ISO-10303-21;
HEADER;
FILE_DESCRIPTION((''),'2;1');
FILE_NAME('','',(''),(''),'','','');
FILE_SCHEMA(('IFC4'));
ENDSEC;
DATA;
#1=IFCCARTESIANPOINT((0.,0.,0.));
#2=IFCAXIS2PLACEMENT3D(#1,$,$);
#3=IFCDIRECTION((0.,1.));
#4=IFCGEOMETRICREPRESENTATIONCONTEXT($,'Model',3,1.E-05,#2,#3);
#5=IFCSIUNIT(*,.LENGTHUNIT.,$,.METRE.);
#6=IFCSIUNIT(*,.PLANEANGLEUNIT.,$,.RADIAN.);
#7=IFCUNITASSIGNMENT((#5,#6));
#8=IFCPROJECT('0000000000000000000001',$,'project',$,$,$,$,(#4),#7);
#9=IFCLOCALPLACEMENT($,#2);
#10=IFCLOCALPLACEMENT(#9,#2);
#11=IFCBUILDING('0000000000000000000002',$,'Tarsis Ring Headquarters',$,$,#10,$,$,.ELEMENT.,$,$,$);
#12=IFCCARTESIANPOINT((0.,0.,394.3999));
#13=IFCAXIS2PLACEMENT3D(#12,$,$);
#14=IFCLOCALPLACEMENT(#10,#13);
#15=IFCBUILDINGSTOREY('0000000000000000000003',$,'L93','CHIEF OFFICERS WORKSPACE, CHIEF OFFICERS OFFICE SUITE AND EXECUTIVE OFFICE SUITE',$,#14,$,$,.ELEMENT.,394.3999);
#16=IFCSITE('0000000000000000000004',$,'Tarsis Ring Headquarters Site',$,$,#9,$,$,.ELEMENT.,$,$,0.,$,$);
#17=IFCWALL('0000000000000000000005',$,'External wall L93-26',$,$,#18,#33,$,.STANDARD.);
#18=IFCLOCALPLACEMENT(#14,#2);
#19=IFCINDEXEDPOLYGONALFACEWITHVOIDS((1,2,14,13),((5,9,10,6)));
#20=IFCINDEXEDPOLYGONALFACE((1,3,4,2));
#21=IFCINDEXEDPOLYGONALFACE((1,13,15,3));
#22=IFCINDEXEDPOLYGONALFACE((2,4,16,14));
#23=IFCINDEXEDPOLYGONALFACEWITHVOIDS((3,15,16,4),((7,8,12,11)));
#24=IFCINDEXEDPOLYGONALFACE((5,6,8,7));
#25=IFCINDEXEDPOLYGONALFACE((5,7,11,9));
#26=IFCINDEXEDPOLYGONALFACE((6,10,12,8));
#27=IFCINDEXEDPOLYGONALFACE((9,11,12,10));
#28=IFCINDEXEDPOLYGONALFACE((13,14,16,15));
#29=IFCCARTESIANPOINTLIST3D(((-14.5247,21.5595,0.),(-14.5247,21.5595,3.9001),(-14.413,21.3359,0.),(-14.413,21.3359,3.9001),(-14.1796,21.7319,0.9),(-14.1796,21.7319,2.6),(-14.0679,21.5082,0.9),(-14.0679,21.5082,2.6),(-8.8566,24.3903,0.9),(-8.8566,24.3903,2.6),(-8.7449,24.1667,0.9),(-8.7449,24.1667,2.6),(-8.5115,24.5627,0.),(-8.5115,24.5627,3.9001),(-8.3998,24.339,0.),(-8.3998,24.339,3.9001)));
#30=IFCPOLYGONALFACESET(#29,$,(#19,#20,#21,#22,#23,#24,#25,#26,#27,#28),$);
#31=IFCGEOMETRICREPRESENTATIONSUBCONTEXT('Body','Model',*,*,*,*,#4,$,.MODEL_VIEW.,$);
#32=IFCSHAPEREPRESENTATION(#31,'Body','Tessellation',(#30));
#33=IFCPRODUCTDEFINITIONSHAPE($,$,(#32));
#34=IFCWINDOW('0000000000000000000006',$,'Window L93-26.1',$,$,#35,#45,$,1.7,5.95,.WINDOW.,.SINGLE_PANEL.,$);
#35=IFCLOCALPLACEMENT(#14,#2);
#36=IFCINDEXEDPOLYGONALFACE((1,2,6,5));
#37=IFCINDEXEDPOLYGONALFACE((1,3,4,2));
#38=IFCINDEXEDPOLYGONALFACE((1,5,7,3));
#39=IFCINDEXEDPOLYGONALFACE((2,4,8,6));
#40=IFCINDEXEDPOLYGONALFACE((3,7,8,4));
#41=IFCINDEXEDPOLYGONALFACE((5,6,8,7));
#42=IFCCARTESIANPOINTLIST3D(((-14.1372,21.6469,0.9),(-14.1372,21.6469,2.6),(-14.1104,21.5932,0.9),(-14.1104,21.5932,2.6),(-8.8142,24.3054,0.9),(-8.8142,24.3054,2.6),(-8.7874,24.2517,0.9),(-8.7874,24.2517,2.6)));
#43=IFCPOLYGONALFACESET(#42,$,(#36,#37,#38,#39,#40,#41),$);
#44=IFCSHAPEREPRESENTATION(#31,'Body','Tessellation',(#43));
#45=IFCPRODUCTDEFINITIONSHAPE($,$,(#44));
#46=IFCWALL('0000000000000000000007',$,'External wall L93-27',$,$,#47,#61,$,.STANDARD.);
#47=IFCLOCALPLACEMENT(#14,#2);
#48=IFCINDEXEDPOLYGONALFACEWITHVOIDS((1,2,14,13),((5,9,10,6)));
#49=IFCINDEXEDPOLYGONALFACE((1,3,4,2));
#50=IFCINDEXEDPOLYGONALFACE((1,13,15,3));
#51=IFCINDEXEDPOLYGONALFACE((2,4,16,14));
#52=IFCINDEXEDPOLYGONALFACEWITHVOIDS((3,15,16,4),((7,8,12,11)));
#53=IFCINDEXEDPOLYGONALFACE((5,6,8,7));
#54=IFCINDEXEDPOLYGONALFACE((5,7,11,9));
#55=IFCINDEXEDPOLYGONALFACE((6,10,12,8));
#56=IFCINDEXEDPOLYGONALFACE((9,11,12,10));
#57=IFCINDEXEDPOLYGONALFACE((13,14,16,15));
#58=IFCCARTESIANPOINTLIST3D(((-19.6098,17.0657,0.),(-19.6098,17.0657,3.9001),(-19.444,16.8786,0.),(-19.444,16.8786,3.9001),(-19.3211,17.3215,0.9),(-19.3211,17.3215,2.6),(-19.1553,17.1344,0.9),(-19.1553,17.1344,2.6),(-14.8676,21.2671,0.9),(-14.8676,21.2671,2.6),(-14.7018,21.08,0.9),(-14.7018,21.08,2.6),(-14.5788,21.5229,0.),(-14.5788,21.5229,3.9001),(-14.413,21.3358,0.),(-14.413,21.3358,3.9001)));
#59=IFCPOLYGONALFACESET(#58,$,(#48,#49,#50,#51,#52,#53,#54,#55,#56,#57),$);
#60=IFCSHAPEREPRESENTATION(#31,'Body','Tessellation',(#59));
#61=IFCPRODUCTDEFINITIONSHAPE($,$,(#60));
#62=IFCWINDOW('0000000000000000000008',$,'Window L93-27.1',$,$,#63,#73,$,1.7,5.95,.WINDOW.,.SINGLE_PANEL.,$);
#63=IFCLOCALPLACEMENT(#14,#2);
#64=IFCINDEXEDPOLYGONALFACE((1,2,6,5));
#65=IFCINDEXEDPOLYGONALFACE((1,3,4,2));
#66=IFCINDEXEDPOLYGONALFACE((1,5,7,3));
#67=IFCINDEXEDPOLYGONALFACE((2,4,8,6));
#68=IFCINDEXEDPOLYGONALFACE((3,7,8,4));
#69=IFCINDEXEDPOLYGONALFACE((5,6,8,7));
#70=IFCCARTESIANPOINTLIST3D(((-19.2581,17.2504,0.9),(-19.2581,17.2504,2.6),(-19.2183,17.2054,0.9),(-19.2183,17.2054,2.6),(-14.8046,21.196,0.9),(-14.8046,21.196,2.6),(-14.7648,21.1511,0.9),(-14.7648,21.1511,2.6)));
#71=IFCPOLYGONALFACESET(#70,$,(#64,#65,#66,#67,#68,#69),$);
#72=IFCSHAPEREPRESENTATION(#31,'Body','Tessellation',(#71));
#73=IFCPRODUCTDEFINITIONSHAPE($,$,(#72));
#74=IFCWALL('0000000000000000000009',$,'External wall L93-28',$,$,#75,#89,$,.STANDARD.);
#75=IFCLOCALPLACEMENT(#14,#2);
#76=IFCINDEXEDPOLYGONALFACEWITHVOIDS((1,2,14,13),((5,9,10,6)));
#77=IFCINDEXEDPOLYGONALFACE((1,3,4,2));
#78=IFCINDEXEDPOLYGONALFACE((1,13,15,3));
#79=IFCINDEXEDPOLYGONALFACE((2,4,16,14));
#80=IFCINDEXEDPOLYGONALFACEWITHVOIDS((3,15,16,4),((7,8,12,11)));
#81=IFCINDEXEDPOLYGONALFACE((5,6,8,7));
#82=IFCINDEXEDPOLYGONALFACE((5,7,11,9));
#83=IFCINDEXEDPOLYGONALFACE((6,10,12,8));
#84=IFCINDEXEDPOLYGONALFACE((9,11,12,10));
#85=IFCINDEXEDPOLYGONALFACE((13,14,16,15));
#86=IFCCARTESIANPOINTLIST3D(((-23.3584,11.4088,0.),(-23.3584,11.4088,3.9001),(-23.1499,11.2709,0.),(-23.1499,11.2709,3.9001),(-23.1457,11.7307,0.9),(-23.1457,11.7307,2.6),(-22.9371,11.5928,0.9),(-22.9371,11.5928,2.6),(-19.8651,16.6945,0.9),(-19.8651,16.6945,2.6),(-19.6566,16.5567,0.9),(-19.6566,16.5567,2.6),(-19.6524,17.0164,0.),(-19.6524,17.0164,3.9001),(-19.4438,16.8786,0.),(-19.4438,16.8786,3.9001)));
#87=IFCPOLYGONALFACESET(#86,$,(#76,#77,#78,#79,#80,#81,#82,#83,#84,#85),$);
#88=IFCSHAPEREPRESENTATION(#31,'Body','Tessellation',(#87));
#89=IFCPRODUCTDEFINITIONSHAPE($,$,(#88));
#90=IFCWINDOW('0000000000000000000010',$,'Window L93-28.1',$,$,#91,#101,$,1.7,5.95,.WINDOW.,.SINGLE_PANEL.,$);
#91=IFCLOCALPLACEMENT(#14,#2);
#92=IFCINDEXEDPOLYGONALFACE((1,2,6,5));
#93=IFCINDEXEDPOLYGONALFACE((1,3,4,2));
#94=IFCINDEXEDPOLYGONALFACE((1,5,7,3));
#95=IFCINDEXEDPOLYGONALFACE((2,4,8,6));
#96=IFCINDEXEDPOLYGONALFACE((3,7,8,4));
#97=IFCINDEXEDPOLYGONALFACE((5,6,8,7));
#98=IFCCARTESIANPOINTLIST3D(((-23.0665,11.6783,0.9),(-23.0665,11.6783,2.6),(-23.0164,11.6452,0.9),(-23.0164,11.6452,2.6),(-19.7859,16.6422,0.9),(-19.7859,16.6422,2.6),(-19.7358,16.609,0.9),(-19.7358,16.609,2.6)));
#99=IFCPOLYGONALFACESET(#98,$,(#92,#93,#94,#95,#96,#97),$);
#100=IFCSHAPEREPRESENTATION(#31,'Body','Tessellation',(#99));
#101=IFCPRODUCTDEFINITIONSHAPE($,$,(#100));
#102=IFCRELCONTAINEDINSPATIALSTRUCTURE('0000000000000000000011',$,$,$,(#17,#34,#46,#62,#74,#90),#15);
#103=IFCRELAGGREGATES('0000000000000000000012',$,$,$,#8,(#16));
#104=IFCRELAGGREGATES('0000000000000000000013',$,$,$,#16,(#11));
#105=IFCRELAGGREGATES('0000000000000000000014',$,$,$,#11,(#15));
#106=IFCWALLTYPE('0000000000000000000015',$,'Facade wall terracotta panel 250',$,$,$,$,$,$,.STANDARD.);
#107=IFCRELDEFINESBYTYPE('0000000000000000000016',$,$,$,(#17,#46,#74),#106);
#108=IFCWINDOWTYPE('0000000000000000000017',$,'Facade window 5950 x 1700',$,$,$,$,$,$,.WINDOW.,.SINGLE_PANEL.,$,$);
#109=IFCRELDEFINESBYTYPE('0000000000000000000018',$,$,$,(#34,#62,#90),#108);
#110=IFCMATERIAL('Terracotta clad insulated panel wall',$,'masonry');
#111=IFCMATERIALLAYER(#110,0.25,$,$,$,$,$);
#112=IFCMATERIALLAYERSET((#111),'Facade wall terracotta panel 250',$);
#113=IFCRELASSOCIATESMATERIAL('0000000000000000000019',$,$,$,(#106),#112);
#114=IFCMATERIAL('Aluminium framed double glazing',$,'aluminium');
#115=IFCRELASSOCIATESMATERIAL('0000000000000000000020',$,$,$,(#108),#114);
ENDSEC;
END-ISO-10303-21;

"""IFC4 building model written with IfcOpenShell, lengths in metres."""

from ifc_helpers import new_model, si_unit, direction, frame, frame_2d, origin, place, context, subcontext, project, spatial, rectangle, extrude, material, layer, layer_set, type_object, element, fill, save


model = new_model("IFC4")

# Units and contexts
model_context = context("Model", 3, precision=1e-05, world=origin(), true_north=direction((0.0, 1.0)))
body_context = subcontext(model_context, "Body", "Model", "MODEL_VIEW")
ifc_project = project(units=[si_unit("LENGTHUNIT", "METRE"), si_unit("PLANEANGLEUNIT", "RADIAN")], contexts=[model_context])

# Site, building, storey
site_placement = place(None, origin())
site = spatial("IfcSite", under=ifc_project, at=site_placement, Name="Tarsis Ring Headquarters Site", CompositionType="ELEMENT", RefElevation=0.0)
building_placement = place(site_placement, origin())
building = spatial("IfcBuilding", under=site, at=building_placement, Name="Tarsis Ring Headquarters", CompositionType="ELEMENT")
storey_placement = place(building_placement, frame((0.0, 0.0, 394.3999)))
storey = spatial("IfcBuildingStorey", under=building, at=storey_placement, Name="L93", Description="CHIEF OFFICERS WORKSPACE, CHIEF OFFICERS OFFICE SUITE AND EXECUTIVE OFFICE SUITE", CompositionType="ELEMENT", Elevation=394.3999)

# Walls, openings, windows
ifc_material_1 = material(Name="Terracotta clad insulated panel wall", Category="masonry")
ifc_layer_1 = layer(ifc_material_1, 0.25)
ifc_layer_set_1 = layer_set([ifc_layer_1], Name="Facade wall terracotta panel 250")
wall_type_1 = type_object("IfcWallType", Name="Facade wall terracotta panel 250", PredefinedType="STANDARD", material=ifc_layer_set_1)
wall_1_placement = place(storey_placement, frame((-8.4556, 24.4509, 0.0), z_axis=(0.0, 0.0, 1.0), x_axis=(-0.894631, -0.446807, 0.0)))
wall_1 = element("IfcWall", 1, at=wall_1_placement, inside=storey, type_object=wall_type_1, Name="External wall L93-26", PredefinedType="STANDARD", context=body_context, shape_type="SweptSolid", body=[
    extrude(rectangle(XDim=6.7214, YDim=0.25, at=frame_2d((3.3608, 0.0))), origin(), (0.0, 0.0, 1.0), 3.9001),
])
opening_1_placement = place(wall_1_placement, frame((0.3857, 0.0, 0.8999)))
opening_1 = element("IfcOpeningElement", 2, at=opening_1_placement, cuts=wall_1, PredefinedType="OPENING", context=body_context, shape_type="SweptSolid", body=[
    extrude(rectangle(XDim=5.95, YDim=1.7, at=frame_2d((2.9751, 0.8501))), frame((0.0, 0.135, 0.0), z_axis=(0.0, -1.0, 0.0), x_axis=(1.0, 0.0, 0.0)), (0.0, 0.0, 1.0), 0.27),
])
ifc_material_2 = material(Name="Aluminium framed double glazing", Category="aluminium")
window_type = type_object("IfcWindowType", Name="Facade window 5950 x 1700", PartitioningType="SINGLE_PANEL", PredefinedType="WINDOW", material=ifc_material_2)
window_1_placement = place(opening_1_placement, origin())
window_1 = element("IfcWindow", 3, at=window_1_placement, inside=storey, type_object=window_type, Name="Window L93-26.1", OverallHeight=1.7, OverallWidth=5.95, PartitioningType="SINGLE_PANEL", PredefinedType="WINDOW", context=body_context, shape_type="SweptSolid", body=[
    extrude(rectangle(XDim=5.95, YDim=1.7, at=frame_2d((2.9751, 0.8501))), frame((0.0, 0.03, 0.0), z_axis=(0.0, -1.0, 0.0), x_axis=(1.0, 0.0, 0.0)), (0.0, 0.0, 1.0), 0.0601),
])
fill(opening_1, window_1)
wall_2_placement = place(storey_placement, frame((-14.4958, 21.4294, 0.0), z_axis=(0.0, 0.0, 1.0), x_axis=(-0.748496, -0.663139, 0.0)))
wall_2 = element("IfcWall", 4, at=wall_2_placement, inside=storey, type_object=wall_type_1, Name="External wall L93-27", PredefinedType="STANDARD", context=body_context, shape_type="SweptSolid", body=[
    extrude(rectangle(XDim=6.7214, YDim=0.25, at=frame_2d((3.3608, 0.0))), origin(), (0.0, 0.0, 1.0), 3.9001),
])
opening_2_placement = place(wall_2_placement, frame((0.3857, 0.0, 0.8999)))
opening_2 = element("IfcOpeningElement", 5, at=opening_2_placement, cuts=wall_2, PredefinedType="OPENING", context=body_context, shape_type="SweptSolid", body=[
    extrude(rectangle(XDim=5.95, YDim=1.7, at=frame_2d((2.9751, 0.8501))), frame((0.0, 0.135, 0.0), z_axis=(0.0, -1.0, 0.0), x_axis=(1.0, 0.0, 0.0)), (0.0, 0.0, 1.0), 0.27),
])
window_2_placement = place(opening_2_placement, origin())
window_2 = element("IfcWindow", 6, at=window_2_placement, inside=storey, type_object=window_type, Name="Window L93-27.1", OverallHeight=1.7, OverallWidth=5.95, PartitioningType="SINGLE_PANEL", PredefinedType="WINDOW", context=body_context, shape_type="SweptSolid", body=[
    extrude(rectangle(XDim=5.95, YDim=1.7, at=frame_2d((2.9751, 0.8501))), frame((0.0, 0.03, 0.0), z_axis=(0.0, -1.0, 0.0), x_axis=(1.0, 0.0, 0.0)), (0.0, 0.0, 1.0), 0.0601),
])
fill(opening_2, window_2)
wall_3_placement = place(storey_placement, frame((-19.5481, 16.9475, 0.0), z_axis=(0.0, 0.0, 1.0), x_axis=(-0.55136, -0.834268, 0.0)))
wall_3 = element("IfcWall", 7, at=wall_3_placement, inside=storey, type_object=wall_type_1, Name="External wall L93-28", PredefinedType="STANDARD", context=body_context, shape_type="SweptSolid", body=[
    extrude(rectangle(XDim=6.7217, YDim=0.25, at=frame_2d((3.3608, 0.0))), origin(), (0.0, 0.0, 1.0), 3.9001),
])
opening_3_placement = place(wall_3_placement, frame((0.3857, 0.0, 0.8999)))
opening_3 = element("IfcOpeningElement", 8, at=opening_3_placement, cuts=wall_3, PredefinedType="OPENING", context=body_context, shape_type="SweptSolid", body=[
    extrude(rectangle(XDim=5.95, YDim=1.7, at=frame_2d((2.9751, 0.8501))), frame((0.0, 0.135, 0.0), z_axis=(0.0, -1.0, 0.0), x_axis=(1.0, 0.0, 0.0)), (0.0, 0.0, 1.0), 0.27),
])
window_3_placement = place(opening_3_placement, origin())
window_3 = element("IfcWindow", 9, at=window_3_placement, inside=storey, type_object=window_type, Name="Window L93-28.1", OverallHeight=1.7, OverallWidth=5.95, PartitioningType="SINGLE_PANEL", PredefinedType="WINDOW", context=body_context, shape_type="SweptSolid", body=[
    extrude(rectangle(XDim=5.95, YDim=1.7, at=frame_2d((2.9751, 0.8501))), frame((0.0, 0.03, 0.0), z_axis=(0.0, -1.0, 0.0), x_axis=(1.0, 0.0, 0.0)), (0.0, 0.0, 1.0), 0.0601),
])
fill(opening_3, window_3)

save(model, "model.ifc")
